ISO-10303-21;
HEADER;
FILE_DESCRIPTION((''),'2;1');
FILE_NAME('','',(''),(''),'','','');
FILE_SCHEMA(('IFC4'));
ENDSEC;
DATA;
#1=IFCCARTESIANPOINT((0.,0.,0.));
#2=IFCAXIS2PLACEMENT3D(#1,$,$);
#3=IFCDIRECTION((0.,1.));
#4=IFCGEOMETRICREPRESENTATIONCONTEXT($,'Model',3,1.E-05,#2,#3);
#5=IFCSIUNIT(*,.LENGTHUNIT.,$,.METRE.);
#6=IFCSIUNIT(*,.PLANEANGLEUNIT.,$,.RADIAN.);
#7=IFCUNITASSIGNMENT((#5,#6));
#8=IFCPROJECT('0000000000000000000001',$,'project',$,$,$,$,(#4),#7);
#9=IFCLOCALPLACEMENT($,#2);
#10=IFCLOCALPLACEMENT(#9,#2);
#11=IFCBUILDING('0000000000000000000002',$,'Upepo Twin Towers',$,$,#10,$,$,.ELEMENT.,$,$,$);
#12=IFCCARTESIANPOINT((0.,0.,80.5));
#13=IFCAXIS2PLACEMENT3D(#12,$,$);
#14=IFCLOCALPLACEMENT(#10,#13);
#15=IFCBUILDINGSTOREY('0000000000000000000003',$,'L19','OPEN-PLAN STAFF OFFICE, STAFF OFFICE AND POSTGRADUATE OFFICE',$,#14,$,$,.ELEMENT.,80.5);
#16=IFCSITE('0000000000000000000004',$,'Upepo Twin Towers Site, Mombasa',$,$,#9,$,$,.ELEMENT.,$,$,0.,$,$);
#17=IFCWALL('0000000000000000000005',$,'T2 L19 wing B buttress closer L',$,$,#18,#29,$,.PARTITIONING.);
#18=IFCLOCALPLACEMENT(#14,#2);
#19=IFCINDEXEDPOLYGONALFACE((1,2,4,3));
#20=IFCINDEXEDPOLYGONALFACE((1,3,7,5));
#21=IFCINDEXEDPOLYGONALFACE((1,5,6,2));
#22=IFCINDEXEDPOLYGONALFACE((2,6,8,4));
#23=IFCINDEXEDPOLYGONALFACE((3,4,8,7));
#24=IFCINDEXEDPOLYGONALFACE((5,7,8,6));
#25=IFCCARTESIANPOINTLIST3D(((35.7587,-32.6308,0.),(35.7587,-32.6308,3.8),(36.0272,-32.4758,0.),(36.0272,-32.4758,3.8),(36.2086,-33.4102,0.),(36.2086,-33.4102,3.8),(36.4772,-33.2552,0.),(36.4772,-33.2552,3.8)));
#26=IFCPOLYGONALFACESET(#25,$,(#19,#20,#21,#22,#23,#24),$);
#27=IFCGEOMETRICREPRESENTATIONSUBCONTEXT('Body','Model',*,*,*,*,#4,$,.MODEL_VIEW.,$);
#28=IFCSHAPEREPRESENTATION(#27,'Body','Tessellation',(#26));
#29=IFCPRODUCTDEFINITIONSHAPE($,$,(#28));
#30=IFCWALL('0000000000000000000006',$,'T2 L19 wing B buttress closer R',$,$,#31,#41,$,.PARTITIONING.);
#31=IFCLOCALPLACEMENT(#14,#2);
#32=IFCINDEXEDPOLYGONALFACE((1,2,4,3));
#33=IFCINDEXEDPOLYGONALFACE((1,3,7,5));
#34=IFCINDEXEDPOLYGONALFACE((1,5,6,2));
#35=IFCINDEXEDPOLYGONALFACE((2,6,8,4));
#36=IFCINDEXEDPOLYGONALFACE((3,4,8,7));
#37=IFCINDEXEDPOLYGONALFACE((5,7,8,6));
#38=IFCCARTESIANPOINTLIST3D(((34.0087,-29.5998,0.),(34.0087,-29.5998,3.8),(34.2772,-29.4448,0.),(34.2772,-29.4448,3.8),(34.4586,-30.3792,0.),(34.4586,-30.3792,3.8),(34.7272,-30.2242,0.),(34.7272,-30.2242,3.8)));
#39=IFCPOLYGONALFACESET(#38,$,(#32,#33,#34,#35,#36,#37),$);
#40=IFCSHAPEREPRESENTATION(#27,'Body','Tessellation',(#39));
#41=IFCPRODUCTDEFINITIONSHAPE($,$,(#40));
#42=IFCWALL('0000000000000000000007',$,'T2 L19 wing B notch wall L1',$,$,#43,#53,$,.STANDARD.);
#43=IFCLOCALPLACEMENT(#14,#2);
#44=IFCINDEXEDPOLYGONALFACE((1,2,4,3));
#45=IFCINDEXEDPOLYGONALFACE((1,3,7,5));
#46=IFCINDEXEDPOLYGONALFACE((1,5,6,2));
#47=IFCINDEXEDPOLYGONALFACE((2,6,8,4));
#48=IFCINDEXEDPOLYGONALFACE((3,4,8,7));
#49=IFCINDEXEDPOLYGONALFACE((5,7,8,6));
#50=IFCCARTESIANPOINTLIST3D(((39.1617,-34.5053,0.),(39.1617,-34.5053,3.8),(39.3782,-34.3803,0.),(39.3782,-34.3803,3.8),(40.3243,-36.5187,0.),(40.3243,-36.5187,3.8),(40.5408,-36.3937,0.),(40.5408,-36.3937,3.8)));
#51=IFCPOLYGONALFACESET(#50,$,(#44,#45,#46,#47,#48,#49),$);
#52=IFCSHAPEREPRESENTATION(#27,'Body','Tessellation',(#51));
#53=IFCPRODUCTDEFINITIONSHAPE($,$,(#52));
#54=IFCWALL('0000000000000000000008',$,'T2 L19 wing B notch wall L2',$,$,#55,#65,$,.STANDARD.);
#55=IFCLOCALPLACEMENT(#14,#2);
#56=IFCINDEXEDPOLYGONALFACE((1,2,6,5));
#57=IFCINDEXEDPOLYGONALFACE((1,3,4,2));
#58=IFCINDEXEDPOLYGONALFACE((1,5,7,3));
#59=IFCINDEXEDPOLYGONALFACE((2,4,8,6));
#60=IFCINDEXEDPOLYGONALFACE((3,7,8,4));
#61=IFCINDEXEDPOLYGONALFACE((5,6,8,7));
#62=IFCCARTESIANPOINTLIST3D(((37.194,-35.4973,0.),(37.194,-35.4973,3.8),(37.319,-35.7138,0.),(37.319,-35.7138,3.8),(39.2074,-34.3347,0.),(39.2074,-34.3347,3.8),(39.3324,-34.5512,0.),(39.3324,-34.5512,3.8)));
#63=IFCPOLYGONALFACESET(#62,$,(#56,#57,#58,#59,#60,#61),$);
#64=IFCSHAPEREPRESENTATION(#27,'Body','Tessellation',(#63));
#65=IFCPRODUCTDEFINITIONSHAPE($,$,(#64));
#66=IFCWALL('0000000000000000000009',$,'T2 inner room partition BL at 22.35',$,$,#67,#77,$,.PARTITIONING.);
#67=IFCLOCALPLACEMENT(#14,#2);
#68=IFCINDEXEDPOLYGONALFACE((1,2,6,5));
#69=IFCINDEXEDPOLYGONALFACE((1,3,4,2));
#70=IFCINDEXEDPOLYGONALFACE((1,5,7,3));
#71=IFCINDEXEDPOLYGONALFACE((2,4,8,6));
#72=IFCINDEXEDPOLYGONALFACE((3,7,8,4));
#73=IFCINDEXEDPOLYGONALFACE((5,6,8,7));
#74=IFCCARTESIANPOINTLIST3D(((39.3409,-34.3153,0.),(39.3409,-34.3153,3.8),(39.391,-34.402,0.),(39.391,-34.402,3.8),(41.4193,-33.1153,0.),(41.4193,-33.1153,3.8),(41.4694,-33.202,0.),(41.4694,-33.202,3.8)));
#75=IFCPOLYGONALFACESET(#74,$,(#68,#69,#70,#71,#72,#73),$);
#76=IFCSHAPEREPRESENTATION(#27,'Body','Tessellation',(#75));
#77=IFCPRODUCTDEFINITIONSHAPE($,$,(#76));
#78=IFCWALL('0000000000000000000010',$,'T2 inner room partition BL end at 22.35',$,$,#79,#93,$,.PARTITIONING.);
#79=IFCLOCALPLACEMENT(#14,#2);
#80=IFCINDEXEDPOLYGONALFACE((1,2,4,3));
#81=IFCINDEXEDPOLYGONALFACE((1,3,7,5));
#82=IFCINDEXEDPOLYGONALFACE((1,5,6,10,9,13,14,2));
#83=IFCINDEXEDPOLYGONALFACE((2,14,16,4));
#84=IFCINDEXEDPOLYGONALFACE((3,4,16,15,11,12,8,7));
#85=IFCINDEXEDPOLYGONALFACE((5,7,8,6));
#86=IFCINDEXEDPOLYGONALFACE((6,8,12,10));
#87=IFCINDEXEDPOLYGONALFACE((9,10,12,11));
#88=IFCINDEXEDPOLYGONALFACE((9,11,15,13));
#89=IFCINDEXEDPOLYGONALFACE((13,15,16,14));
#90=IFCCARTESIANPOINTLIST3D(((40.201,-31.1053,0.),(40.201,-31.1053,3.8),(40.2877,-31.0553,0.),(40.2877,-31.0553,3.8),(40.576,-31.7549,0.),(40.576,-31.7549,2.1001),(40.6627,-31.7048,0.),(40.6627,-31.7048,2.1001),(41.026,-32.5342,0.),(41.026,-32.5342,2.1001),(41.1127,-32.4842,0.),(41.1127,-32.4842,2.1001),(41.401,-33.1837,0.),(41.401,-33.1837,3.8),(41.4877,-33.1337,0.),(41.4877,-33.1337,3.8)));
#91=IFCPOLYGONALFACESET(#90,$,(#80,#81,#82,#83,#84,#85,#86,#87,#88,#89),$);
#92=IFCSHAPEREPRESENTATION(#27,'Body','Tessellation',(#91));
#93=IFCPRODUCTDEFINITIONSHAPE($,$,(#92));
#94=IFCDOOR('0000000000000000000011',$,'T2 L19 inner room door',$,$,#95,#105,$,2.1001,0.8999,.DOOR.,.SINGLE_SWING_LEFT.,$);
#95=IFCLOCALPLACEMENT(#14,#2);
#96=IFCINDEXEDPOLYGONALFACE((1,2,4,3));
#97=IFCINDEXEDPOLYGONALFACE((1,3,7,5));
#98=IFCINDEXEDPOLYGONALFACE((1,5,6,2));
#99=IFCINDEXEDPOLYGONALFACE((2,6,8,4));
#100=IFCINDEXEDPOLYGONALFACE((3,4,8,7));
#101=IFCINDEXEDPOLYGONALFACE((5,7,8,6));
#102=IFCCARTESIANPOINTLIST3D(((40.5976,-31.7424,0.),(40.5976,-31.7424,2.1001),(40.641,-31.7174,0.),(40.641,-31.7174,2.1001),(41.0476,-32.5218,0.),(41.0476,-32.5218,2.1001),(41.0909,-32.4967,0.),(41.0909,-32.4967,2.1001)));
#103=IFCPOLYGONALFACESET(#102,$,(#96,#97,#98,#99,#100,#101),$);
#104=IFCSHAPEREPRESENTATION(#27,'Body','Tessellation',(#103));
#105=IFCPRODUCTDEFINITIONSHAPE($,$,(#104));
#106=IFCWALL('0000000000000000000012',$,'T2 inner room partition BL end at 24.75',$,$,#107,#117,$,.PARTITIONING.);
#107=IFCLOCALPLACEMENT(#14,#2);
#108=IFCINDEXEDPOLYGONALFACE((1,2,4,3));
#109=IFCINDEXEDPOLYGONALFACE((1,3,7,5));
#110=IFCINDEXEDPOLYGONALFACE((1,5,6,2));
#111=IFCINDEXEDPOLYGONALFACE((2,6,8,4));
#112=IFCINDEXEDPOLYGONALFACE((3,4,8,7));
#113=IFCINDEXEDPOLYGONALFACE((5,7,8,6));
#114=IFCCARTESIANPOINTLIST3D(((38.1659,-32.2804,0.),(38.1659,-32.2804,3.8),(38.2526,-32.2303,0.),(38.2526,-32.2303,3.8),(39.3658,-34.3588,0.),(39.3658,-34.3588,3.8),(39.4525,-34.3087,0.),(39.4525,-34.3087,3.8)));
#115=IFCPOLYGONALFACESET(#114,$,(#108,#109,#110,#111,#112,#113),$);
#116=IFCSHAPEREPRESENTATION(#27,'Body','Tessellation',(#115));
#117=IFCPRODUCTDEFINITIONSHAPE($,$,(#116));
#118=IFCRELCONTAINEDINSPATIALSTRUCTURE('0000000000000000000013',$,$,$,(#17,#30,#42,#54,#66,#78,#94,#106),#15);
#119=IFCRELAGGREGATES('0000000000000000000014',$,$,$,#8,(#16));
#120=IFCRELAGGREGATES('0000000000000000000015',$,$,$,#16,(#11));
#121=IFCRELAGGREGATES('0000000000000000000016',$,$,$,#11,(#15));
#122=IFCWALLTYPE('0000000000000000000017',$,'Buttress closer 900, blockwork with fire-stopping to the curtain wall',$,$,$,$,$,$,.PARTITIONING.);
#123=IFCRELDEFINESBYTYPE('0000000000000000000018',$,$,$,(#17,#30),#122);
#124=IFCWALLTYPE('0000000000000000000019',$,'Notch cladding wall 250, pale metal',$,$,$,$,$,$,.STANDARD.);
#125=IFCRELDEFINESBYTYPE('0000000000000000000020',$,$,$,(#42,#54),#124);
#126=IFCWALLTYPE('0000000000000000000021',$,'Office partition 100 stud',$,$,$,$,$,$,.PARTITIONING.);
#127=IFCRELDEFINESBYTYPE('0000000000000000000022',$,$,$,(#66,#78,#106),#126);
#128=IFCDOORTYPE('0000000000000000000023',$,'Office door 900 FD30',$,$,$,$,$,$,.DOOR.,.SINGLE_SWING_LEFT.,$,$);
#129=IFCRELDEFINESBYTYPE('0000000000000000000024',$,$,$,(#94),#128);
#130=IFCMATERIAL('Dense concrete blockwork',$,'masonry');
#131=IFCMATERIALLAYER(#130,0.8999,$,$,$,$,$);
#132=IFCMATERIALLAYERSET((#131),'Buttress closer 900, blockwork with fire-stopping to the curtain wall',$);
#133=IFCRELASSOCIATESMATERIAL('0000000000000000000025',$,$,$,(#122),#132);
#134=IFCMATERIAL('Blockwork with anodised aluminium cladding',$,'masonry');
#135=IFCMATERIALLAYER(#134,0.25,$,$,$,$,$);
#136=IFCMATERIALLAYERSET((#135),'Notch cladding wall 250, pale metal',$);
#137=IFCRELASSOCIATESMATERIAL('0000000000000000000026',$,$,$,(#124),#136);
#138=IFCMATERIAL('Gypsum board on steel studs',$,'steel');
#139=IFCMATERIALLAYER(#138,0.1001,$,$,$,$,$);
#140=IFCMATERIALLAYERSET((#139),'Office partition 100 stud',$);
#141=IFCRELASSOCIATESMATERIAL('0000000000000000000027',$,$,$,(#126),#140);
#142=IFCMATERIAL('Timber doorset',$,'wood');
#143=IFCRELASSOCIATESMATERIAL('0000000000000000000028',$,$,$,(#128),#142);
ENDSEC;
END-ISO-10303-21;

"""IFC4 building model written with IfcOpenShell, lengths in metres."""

from ifc_helpers import new_model, si_unit, direction, frame, frame_2d, origin, place, context, subcontext, project, spatial, rectangle, extrude, material, layer, layer_set, type_object, element, fill, save


model = new_model("IFC4")

# Units and contexts
model_context = context("Model", 3, precision=1e-05, world=origin(), true_north=direction((0.0, 1.0)))
body_context = subcontext(model_context, "Body", "Model", "MODEL_VIEW")
ifc_project = project(units=[si_unit("LENGTHUNIT", "METRE"), si_unit("PLANEANGLEUNIT", "RADIAN")], contexts=[model_context])

# Site, building, storey
site_placement = place(None, origin())
site = spatial("IfcSite", under=ifc_project, at=site_placement, Name="Upepo Twin Towers Site, Mombasa", CompositionType="ELEMENT", RefElevation=0.0)
building_placement = place(site_placement, origin())
building = spatial("IfcBuilding", under=site, at=building_placement, Name="Upepo Twin Towers", CompositionType="ELEMENT")
storey_placement = place(building_placement, frame((0.0, 0.0, 80.5)))
storey = spatial("IfcBuildingStorey", under=building, at=storey_placement, Name="L19", Description="OPEN-PLAN STAFF OFFICE, STAFF OFFICE AND POSTGRADUATE OFFICE", CompositionType="ELEMENT", Elevation=80.5)

# Walls
ifc_material_1 = material(Name="Dense concrete blockwork", Category="masonry")
ifc_layer_1 = layer(ifc_material_1, 0.8999)
ifc_layer_set_1 = layer_set([ifc_layer_1], Name="Buttress closer 900, blockwork with fire-stopping to the curtain wall")
wall_type_1 = type_object("IfcWallType", Name="Buttress closer 900, blockwork with fire-stopping to the curtain wall", PredefinedType="PARTITIONING", material=ifc_layer_set_1)
for number, where, z_axis, x_axis, name in (
    (1, (36.2522, -32.8655, 0.0), (0.0, 0.0, 1.0), (-0.866054, -0.49995, 0.0), "T2 L19 wing B buttress closer L"),
    (2, (34.5022, -29.8345, 0.0), (0.0, 0.0, 1.0), (-0.866054, -0.49995, 0.0), "T2 L19 wing B buttress closer R"),
):
    element("IfcWall", number, at=place(storey_placement, frame(where, z_axis=z_axis, x_axis=x_axis)), inside=storey, type_object=wall_type_1, Name=name, PredefinedType="PARTITIONING", context=body_context, shape_type="SweptSolid", body=[
        extrude(rectangle(XDim=0.3101, YDim=0.8999, at=frame_2d((0.155, 0.0))), origin(), (0.0, 0.0, 1.0), 3.8),
    ])
ifc_material_2 = material(Name="Blockwork with anodised aluminium cladding", Category="masonry")
ifc_layer_2 = layer(ifc_material_2, 0.25)
ifc_layer_set_2 = layer_set([ifc_layer_2], Name="Notch cladding wall 250, pale metal")
wall_type_2 = type_object("IfcWallType", Name="Notch cladding wall 250, pale metal", PredefinedType="STANDARD", material=ifc_layer_set_2)
for number, where, z_axis, x_axis, name in (
    (3, (40.4326, -36.4563, 0.0), (0.0, 0.0, 1.0), (-0.500047, 0.865998, 0.0), "T2 L19 wing B notch wall L1"),
    (4, (39.27, -34.4429, 0.0), (0.0, 0.0, 1.0), (-0.865998, -0.500047, 0.0), "T2 L19 wing B notch wall L2"),
):
    element("IfcWall", number, at=place(storey_placement, frame(where, z_axis=z_axis, x_axis=x_axis)), inside=storey, type_object=wall_type_2, Name=name, PredefinedType="STANDARD", context=body_context, shape_type="SweptSolid", body=[
        extrude(rectangle(XDim=2.325, YDim=0.25, at=frame_2d((1.1626, 0.0))), origin(), (0.0, 0.0, 1.0), 3.8),
    ])
ifc_material_3 = material(Name="Gypsum board on steel studs", Category="steel")
ifc_layer_3 = layer(ifc_material_3, 0.1001)
ifc_layer_set_3 = layer_set([ifc_layer_3], Name="Office partition 100 stud")
wall_type_3 = type_object("IfcWallType", Name="Office partition 100 stud", PredefinedType="PARTITIONING", material=ifc_layer_set_3)
wall_1_placement = place(storey_placement, frame((41.4443, -33.1587, 0.0), z_axis=(0.0, 0.0, 1.0), x_axis=(-0.866025, -0.500001, 0.0)))
element("IfcWall", 5, at=wall_1_placement, inside=storey, type_object=wall_type_3, Name="T2 inner room partition BL at 22.35", PredefinedType="PARTITIONING", context=body_context, shape_type="SweptSolid", body=[
    extrude(rectangle(XDim=2.3999, YDim=0.1001, at=frame_2d((1.2, 0.0))), origin(), (0.0, 0.0, 1.0), 3.8),
])

# Wall, opening, door
wall_2_placement = place(storey_placement, frame((40.2444, -31.0803, 0.0), z_axis=(0.0, 0.0, 1.0), x_axis=(0.500001, -0.866025, 0.0)))
wall_2 = element("IfcWall", 6, at=wall_2_placement, inside=storey, type_object=wall_type_3, Name="T2 inner room partition BL end at 22.35", PredefinedType="PARTITIONING", context=body_context, shape_type="SweptSolid", body=[
    extrude(rectangle(XDim=2.3999, YDim=0.1001, at=frame_2d((1.2, 0.0))), origin(), (0.0, 0.0, 1.0), 3.8),
])
opening_placement = place(wall_2_placement, frame((0.75, 0.0, 0.0)))
opening = element("IfcOpeningElement", 7, at=opening_placement, cuts=wall_2, PredefinedType="OPENING", context=body_context, shape_type="SweptSolid", body=[
    extrude(rectangle(XDim=0.8999, YDim=2.1001, at=frame_2d((0.45, 1.05))), frame((0.0, 0.0601, 0.0), z_axis=(0.0, -1.0, 0.0), x_axis=(1.0, 0.0, 0.0)), (0.0, 0.0, 1.0), 0.1201),
])
ifc_material_4 = material(Name="Timber doorset", Category="wood")
door_type = type_object("IfcDoorType", Name="Office door 900 FD30", OperationType="SINGLE_SWING_LEFT", PredefinedType="DOOR", material=ifc_material_4)
door_placement = place(opening_placement, origin())
door = element("IfcDoor", 8, at=door_placement, inside=storey, type_object=door_type, Name="T2 L19 inner room door", OperationType="SINGLE_SWING_LEFT", OverallHeight=2.1001, OverallWidth=0.8999, PredefinedType="DOOR", context=body_context, shape_type="SweptSolid", body=[
    extrude(rectangle(XDim=0.8999, YDim=2.1001, at=frame_2d((0.45, 1.05))), frame((0.0, 0.0249, 0.0), z_axis=(0.0, -1.0, 0.0), x_axis=(1.0, 0.0, 0.0)), (0.0, 0.0, 1.0), 0.05),
])
fill(opening, door)

# Wall
wall_3_placement = place(storey_placement, frame((38.2092, -32.2554, 0.0), z_axis=(0.0, 0.0, 1.0), x_axis=(0.500001, -0.866025, 0.0)))
element("IfcWall", 9, at=wall_3_placement, inside=storey, type_object=wall_type_3, Name="T2 inner room partition BL end at 24.75", PredefinedType="PARTITIONING", context=body_context, shape_type="SweptSolid", body=[
    extrude(rectangle(XDim=2.3999, YDim=0.1001, at=frame_2d((1.2, 0.0))), origin(), (0.0, 0.0, 1.0), 3.8),
])

save(model, "model.ifc")
